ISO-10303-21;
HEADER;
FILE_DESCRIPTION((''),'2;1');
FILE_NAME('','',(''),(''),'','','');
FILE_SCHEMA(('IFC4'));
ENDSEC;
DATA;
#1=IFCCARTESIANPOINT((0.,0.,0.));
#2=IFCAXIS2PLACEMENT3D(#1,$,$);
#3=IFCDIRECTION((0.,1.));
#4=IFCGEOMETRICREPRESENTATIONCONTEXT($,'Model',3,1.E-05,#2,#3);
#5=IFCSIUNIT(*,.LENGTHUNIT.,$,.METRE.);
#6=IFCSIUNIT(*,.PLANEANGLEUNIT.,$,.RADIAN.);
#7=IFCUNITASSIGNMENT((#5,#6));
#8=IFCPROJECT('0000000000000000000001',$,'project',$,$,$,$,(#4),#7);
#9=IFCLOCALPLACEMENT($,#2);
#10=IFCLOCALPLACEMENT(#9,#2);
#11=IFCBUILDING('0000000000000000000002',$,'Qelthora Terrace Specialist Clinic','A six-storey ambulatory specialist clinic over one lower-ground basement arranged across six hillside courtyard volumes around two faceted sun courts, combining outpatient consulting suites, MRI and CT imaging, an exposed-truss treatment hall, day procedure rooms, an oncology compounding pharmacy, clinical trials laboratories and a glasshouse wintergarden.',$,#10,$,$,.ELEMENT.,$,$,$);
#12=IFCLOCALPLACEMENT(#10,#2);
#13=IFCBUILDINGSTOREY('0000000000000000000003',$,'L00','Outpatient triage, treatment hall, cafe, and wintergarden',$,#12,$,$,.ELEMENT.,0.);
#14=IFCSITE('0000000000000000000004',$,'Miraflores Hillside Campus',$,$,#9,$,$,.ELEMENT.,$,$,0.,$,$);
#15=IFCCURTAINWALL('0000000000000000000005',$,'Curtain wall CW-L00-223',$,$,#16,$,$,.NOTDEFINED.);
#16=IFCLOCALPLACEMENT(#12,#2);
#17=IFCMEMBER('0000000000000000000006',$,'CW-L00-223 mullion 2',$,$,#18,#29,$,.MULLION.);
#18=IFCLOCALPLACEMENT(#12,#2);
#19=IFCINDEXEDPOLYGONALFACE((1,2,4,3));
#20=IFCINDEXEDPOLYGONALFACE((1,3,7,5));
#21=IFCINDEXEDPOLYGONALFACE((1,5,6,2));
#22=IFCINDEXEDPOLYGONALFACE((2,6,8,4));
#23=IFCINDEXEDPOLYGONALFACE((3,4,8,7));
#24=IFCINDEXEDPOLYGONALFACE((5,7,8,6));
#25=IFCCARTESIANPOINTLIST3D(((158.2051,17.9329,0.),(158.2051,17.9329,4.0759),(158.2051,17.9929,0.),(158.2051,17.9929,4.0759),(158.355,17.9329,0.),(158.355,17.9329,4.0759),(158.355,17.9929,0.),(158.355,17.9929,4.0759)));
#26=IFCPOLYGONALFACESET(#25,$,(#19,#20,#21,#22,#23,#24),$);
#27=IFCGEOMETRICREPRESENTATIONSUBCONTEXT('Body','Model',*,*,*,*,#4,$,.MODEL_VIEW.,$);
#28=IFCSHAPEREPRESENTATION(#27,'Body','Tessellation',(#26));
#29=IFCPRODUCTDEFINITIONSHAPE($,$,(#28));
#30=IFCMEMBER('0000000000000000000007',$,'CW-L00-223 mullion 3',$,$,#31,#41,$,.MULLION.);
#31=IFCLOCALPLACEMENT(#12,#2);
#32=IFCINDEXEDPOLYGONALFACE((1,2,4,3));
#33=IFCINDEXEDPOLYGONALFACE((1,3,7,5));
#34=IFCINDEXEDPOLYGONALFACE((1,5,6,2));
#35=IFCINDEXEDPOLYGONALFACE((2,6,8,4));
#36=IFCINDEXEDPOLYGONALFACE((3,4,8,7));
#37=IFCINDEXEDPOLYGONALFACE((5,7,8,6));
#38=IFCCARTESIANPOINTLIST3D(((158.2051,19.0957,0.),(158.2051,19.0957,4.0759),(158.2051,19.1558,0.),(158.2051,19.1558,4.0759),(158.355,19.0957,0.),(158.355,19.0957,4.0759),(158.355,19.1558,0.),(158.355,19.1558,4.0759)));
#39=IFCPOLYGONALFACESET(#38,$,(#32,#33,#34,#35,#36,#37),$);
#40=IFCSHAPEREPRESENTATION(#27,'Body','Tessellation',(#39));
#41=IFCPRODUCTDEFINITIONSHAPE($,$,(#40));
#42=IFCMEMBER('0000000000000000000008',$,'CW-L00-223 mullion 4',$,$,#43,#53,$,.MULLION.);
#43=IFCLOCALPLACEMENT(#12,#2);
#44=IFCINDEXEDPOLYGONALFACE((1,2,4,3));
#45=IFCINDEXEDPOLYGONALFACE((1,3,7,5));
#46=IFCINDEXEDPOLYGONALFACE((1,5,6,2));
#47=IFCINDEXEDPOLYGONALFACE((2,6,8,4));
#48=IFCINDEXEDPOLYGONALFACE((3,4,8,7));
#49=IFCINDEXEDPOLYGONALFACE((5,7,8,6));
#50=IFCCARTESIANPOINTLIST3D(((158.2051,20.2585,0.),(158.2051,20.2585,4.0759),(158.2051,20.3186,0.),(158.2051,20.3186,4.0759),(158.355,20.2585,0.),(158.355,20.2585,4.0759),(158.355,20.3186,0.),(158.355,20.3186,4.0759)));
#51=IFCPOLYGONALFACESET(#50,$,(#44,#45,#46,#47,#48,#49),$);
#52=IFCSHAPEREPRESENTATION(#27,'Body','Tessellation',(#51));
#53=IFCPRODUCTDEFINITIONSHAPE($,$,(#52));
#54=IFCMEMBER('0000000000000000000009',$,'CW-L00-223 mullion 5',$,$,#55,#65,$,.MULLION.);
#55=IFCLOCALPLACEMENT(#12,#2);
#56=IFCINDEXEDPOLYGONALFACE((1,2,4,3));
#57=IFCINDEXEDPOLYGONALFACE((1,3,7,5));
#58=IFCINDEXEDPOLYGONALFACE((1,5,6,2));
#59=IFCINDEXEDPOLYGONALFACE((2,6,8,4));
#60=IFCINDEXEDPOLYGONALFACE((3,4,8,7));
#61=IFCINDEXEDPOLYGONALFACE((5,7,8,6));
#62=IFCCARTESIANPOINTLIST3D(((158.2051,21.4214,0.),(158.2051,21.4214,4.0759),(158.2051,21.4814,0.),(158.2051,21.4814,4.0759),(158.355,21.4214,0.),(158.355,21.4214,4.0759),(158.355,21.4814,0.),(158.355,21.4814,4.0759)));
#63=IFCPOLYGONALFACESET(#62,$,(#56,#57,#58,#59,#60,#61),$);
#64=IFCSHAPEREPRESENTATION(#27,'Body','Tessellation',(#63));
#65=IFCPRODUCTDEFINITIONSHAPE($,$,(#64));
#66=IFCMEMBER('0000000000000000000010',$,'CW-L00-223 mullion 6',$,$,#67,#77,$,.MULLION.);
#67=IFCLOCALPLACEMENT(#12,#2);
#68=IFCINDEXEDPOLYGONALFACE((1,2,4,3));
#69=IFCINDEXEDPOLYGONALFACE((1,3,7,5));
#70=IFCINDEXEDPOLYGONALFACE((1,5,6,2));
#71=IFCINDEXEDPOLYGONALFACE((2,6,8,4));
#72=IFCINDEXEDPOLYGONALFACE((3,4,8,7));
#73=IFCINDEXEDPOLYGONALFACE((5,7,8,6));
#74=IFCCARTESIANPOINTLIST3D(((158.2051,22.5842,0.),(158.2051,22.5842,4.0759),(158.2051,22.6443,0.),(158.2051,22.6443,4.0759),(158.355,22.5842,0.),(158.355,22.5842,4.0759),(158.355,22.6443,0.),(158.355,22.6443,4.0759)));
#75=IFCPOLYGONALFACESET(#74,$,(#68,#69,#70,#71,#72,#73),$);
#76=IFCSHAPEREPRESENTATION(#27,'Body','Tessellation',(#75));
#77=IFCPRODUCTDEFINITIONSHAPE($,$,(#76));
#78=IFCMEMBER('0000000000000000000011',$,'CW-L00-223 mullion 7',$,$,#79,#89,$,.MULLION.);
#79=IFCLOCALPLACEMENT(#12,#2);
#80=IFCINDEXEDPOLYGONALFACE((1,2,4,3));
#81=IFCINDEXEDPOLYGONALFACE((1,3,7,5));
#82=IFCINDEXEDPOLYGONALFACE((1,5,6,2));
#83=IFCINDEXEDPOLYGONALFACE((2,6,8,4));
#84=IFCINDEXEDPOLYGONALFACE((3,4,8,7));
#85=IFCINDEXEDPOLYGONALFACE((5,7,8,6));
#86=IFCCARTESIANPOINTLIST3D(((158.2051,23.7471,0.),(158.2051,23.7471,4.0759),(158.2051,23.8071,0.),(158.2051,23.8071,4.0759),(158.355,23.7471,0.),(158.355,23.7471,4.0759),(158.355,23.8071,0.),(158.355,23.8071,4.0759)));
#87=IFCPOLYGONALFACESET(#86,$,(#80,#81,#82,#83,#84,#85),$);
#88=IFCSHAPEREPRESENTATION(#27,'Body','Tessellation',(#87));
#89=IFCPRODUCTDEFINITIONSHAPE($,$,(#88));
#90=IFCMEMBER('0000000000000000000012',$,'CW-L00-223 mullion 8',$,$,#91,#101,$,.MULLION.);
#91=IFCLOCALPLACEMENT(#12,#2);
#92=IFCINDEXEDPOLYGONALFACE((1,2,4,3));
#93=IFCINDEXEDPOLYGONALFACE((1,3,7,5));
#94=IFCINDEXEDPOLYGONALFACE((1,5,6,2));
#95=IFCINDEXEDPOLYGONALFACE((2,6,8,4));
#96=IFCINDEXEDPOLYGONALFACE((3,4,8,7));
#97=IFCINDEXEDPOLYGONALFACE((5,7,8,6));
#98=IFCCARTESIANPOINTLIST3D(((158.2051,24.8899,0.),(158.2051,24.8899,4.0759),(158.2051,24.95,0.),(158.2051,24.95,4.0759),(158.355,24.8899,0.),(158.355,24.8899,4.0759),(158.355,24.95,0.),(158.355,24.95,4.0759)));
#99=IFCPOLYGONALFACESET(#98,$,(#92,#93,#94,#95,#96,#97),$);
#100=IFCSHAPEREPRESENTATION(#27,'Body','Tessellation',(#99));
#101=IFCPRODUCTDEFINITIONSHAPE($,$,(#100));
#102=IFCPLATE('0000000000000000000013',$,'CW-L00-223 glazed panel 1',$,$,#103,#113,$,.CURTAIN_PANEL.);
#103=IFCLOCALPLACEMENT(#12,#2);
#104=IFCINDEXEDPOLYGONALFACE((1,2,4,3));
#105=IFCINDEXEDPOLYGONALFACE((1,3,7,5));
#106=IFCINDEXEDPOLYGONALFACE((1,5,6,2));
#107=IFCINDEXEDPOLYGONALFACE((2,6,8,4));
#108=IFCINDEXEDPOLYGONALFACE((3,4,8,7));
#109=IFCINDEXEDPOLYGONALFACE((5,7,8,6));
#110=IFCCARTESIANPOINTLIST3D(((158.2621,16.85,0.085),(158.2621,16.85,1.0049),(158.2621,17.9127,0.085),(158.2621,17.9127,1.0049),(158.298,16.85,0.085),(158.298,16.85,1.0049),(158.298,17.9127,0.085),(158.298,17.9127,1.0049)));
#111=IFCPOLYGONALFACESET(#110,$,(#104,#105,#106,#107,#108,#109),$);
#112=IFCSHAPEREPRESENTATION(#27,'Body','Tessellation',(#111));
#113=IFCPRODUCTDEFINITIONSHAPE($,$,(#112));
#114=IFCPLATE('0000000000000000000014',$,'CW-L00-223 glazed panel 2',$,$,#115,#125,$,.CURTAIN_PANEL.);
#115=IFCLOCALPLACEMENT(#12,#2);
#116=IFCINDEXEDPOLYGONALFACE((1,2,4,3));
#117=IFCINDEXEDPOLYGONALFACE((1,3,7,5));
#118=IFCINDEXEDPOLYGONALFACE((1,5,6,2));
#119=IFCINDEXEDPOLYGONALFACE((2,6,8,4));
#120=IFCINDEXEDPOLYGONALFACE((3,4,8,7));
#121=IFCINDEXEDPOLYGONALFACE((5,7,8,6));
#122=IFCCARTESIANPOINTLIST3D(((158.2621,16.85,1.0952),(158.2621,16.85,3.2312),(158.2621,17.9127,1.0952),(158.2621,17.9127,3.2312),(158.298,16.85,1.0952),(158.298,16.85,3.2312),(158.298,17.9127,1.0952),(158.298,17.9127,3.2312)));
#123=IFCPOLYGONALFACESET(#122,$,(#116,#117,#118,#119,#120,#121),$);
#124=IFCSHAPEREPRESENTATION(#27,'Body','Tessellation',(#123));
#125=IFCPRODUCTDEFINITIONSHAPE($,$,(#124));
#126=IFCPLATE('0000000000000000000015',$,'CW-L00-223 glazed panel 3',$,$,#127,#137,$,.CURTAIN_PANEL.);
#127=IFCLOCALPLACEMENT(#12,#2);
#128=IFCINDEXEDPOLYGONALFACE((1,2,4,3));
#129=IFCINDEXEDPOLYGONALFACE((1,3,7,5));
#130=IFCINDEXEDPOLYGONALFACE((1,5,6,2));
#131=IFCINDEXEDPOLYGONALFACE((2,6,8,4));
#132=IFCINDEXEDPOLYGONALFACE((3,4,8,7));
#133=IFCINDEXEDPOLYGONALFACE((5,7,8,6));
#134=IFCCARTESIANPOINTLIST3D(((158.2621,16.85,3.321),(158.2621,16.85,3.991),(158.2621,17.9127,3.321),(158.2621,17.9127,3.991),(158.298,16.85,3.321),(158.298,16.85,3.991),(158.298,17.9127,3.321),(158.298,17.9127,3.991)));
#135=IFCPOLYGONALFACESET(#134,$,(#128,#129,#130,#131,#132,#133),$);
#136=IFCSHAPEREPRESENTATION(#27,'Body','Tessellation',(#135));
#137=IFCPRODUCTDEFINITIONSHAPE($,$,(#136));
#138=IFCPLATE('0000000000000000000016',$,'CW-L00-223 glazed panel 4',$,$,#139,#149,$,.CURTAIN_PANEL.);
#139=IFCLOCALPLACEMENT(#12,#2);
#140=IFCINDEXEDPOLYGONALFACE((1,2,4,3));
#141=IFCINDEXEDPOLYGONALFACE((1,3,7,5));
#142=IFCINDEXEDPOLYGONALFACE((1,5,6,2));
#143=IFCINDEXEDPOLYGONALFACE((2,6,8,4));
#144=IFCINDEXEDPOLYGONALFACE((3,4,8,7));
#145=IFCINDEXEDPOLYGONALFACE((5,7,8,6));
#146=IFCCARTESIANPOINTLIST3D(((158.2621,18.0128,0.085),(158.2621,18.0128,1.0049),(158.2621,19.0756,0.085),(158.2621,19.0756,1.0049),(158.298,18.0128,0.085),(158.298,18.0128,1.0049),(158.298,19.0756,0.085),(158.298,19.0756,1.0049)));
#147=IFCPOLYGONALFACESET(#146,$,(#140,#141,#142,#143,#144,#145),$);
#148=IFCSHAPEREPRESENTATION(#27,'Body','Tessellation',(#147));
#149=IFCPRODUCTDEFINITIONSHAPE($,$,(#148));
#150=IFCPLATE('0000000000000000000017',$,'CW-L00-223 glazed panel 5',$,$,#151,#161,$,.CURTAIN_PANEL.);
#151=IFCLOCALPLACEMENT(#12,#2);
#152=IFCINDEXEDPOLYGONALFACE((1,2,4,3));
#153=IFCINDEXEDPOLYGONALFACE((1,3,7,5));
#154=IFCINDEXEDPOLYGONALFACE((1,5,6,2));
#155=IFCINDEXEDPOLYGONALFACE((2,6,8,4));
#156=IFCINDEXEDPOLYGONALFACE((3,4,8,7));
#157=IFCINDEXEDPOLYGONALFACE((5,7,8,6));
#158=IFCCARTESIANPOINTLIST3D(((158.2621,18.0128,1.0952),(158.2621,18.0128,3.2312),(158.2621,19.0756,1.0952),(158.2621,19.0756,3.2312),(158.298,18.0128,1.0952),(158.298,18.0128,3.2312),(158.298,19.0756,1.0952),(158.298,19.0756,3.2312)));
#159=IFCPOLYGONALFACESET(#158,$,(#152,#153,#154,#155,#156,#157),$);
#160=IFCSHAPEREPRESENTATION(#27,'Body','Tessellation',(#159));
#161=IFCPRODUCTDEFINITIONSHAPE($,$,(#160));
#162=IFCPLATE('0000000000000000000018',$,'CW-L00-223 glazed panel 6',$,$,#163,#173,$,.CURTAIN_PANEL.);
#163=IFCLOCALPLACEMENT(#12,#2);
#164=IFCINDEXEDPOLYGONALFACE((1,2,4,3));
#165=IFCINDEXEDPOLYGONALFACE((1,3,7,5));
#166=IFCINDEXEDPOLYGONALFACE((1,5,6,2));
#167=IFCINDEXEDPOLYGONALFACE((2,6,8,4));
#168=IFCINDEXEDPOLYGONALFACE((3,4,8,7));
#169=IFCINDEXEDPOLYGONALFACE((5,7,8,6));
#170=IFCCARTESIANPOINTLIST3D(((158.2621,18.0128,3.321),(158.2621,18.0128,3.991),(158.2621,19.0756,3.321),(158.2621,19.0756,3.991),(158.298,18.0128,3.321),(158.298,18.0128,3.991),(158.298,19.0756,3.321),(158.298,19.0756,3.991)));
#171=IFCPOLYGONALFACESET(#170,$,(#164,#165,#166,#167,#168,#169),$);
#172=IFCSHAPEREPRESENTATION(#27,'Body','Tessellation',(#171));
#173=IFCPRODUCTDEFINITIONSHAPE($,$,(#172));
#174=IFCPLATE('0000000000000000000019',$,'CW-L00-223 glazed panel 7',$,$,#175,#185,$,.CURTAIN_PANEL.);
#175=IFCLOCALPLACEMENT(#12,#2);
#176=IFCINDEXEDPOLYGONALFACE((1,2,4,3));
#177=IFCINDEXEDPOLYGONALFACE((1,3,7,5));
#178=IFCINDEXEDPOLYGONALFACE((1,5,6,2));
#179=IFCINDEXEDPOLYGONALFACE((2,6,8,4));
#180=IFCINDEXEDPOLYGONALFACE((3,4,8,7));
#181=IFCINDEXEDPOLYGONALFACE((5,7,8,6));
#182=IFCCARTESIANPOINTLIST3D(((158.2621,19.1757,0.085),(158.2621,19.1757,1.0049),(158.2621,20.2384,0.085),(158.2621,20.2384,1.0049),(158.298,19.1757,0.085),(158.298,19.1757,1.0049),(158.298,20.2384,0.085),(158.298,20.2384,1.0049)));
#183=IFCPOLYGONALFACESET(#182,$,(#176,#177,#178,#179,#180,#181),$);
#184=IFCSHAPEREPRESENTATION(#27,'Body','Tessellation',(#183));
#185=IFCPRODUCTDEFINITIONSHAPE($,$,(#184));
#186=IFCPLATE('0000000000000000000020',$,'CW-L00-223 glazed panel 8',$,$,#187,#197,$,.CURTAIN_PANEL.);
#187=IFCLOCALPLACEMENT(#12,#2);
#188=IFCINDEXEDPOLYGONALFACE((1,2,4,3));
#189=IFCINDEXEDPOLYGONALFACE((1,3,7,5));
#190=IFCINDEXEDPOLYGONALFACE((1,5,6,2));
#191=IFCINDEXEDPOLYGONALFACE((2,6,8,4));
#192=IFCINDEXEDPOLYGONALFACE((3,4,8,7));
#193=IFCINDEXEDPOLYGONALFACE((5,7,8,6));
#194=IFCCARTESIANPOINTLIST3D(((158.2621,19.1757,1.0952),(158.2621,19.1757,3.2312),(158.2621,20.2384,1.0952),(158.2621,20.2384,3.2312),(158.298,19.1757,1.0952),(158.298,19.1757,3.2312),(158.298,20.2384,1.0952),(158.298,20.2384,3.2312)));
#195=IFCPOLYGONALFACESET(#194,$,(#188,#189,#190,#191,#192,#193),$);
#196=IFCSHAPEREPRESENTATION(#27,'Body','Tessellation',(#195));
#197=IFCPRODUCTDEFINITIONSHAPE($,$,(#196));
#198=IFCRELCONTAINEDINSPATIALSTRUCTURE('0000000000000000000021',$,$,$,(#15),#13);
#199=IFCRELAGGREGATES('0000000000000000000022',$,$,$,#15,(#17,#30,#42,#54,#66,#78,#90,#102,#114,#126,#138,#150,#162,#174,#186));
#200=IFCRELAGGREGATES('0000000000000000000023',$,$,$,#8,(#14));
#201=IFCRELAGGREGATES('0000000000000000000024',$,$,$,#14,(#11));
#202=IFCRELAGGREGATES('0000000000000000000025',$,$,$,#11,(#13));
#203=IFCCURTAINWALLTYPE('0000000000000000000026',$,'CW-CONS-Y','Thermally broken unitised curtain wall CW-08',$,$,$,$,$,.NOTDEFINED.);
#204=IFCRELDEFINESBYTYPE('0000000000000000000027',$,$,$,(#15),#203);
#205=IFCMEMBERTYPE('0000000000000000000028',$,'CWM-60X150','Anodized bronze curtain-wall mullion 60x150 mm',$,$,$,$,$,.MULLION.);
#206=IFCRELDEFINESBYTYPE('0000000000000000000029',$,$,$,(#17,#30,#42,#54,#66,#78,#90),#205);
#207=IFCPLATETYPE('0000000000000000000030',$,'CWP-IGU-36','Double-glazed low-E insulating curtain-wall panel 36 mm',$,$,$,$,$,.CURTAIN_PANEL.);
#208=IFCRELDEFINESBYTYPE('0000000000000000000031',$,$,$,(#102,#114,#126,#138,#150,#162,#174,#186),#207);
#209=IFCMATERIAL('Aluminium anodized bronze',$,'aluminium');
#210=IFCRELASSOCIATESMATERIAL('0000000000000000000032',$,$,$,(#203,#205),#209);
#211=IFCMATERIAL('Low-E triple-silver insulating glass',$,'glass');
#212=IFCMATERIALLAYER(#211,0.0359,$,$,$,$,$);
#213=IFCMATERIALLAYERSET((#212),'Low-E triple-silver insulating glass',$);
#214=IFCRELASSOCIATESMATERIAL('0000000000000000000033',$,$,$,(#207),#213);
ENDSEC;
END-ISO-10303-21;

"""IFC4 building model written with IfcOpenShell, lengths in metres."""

from ifc_helpers import new_model, si_unit, direction, frame, origin, origin_2d, place, context, subcontext, project, spatial, rectangle, extrude, material, layer, layer_set, material_profile, profile_set, type_object, element, aggregate, save


model = new_model("IFC4")

# Units and contexts
model_context = context("Model", 3, precision=1e-05, world=origin(), true_north=direction((0.0, 1.0)))
body_context = subcontext(model_context, "Body", "Model", "MODEL_VIEW")
ifc_project = project(units=[si_unit("LENGTHUNIT", "METRE"), si_unit("PLANEANGLEUNIT", "RADIAN")], contexts=[model_context])

# Site, building, storey
site_placement = place(None, origin())
site = spatial("IfcSite", under=ifc_project, at=site_placement, Name="Miraflores Hillside Campus", CompositionType="ELEMENT", RefElevation=0.0)
building_placement = place(site_placement, origin())
building = spatial("IfcBuilding", under=site, at=building_placement, Name="Qelthora Terrace Specialist Clinic", Description="A six-storey ambulatory specialist clinic over one lower-ground basement arranged across six hillside courtyard volumes around two faceted sun courts, combining outpatient consulting suites, MRI and CT imaging, an exposed-truss treatment hall, day procedure rooms, an oncology compounding pharmacy, clinical trials laboratories and a glasshouse wintergarden.", CompositionType="ELEMENT")
storey_placement = place(building_placement, origin())
storey = spatial("IfcBuildingStorey", under=building, at=storey_placement, Name="L00", Description="Outpatient triage, treatment hall, cafe, and wintergarden", CompositionType="ELEMENT", Elevation=0.0)

# Curtain wall, members, plates
ifc_material_1 = material(Name="Aluminium anodized bronze", Category="aluminium")
curtain_wall_type = type_object("IfcCurtainWallType", Name="CW-CONS-Y", Description="Thermally broken unitised curtain wall CW-08", PredefinedType="NOTDEFINED", material=ifc_material_1)
curtain_wall_placement = place(storey_placement, origin())
curtain_wall = element("IfcCurtainWall", 1, at=curtain_wall_placement, inside=storey, type_object=curtain_wall_type, Name="Curtain wall CW-L00-223", PredefinedType="NOTDEFINED")
ifc_material_profile = material_profile(ifc_material_1, rectangle(XDim=0.0601, YDim=0.1499, at=origin_2d()), Name="CWM60X150")
ifc_profile_set = profile_set([ifc_material_profile], Name="Aluminium anodized bronze")
member_type = type_object("IfcMemberType", Name="CWM-60X150", Description="Anodized bronze curtain-wall mullion 60x150 mm", PredefinedType="MULLION", material=ifc_profile_set)
member_1_placement = place(storey_placement, frame((158.28, 17.9629, 0.0), z_axis=(0.0, 0.0, 1.0), x_axis=(0.0, 1.0, 0.0)))
member_1 = element("IfcMember", 2, at=member_1_placement, type_object=member_type, Name="CW-L00-223 mullion 2", PredefinedType="MULLION", context=body_context, shape_type="SweptSolid", body=[
    extrude(rectangle(XDim=0.0601, YDim=0.1499, at=origin_2d()), origin(), (0.0, 0.0, 1.0), 4.0759),
])
member_2_placement = place(storey_placement, frame((158.28, 19.1257, 0.0), z_axis=(0.0, 0.0, 1.0), x_axis=(0.0, 1.0, 0.0)))
member_2 = element("IfcMember", 3, at=member_2_placement, type_object=member_type, Name="CW-L00-223 mullion 3", PredefinedType="MULLION", context=body_context, shape_type="SweptSolid", body=[
    extrude(rectangle(XDim=0.0601, YDim=0.1499, at=origin_2d()), origin(), (0.0, 0.0, 1.0), 4.0759),
])
member_3_placement = place(storey_placement, frame((158.28, 20.2886, 0.0), z_axis=(0.0, 0.0, 1.0), x_axis=(0.0, 1.0, 0.0)))
member_3 = element("IfcMember", 4, at=member_3_placement, type_object=member_type, Name="CW-L00-223 mullion 4", PredefinedType="MULLION", context=body_context, shape_type="SweptSolid", body=[
    extrude(rectangle(XDim=0.0601, YDim=0.1499, at=origin_2d()), origin(), (0.0, 0.0, 1.0), 4.0759),
])
member_4_placement = place(storey_placement, frame((158.28, 21.4514, 0.0), z_axis=(0.0, 0.0, 1.0), x_axis=(0.0, 1.0, 0.0)))
member_4 = element("IfcMember", 5, at=member_4_placement, type_object=member_type, Name="CW-L00-223 mullion 5", PredefinedType="MULLION", context=body_context, shape_type="SweptSolid", body=[
    extrude(rectangle(XDim=0.0601, YDim=0.1499, at=origin_2d()), origin(), (0.0, 0.0, 1.0), 4.0759),
])
member_5_placement = place(storey_placement, frame((158.28, 22.6143, 0.0), z_axis=(0.0, 0.0, 1.0), x_axis=(0.0, 1.0, 0.0)))
member_5 = element("IfcMember", 6, at=member_5_placement, type_object=member_type, Name="CW-L00-223 mullion 6", PredefinedType="MULLION", context=body_context, shape_type="SweptSolid", body=[
    extrude(rectangle(XDim=0.0601, YDim=0.1499, at=origin_2d()), origin(), (0.0, 0.0, 1.0), 4.0759),
])
member_6_placement = place(storey_placement, frame((158.28, 23.7771, 0.0), z_axis=(0.0, 0.0, 1.0), x_axis=(0.0, 1.0, 0.0)))
member_6 = element("IfcMember", 7, at=member_6_placement, type_object=member_type, Name="CW-L00-223 mullion 7", PredefinedType="MULLION", context=body_context, shape_type="SweptSolid", body=[
    extrude(rectangle(XDim=0.0601, YDim=0.1499, at=origin_2d()), origin(), (0.0, 0.0, 1.0), 4.0759),
])
member_7_placement = place(storey_placement, frame((158.28, 24.9199, 0.0), z_axis=(0.0, 0.0, 1.0), x_axis=(0.0, 1.0, 0.0)))
member_7 = element("IfcMember", 8, at=member_7_placement, type_object=member_type, Name="CW-L00-223 mullion 8", PredefinedType="MULLION", context=body_context, shape_type="SweptSolid", body=[
    extrude(rectangle(XDim=0.0601, YDim=0.1499, at=origin_2d()), origin(), (0.0, 0.0, 1.0), 4.0759),
])
ifc_material_2 = material(Name="Low-E triple-silver insulating glass", Category="glass")
ifc_layer_1 = layer(ifc_material_2, 0.0359)
ifc_layer_set_1 = layer_set([ifc_layer_1], Name="Low-E triple-silver insulating glass")
plate_type = type_object("IfcPlateType", Name="CWP-IGU-36", Description="Double-glazed low-E insulating curtain-wall panel 36 mm", PredefinedType="CURTAIN_PANEL", material=ifc_layer_set_1)
plate_1_placement = place(storey_placement, frame((158.28, 17.3813, 0.085), z_axis=(0.0, 0.0, 1.0), x_axis=(0.0, 1.0, 0.0)))
plate_1 = element("IfcPlate", 9, at=plate_1_placement, type_object=plate_type, Name="CW-L00-223 glazed panel 1", PredefinedType="CURTAIN_PANEL", context=body_context, shape_type="SweptSolid", body=[
    extrude(rectangle(XDim=1.0627, YDim=0.0359, at=origin_2d()), origin(), (0.0, 0.0, 1.0), 0.9199),
])
plate_2_placement = place(storey_placement, frame((158.28, 17.3813, 1.0952), z_axis=(0.0, 0.0, 1.0), x_axis=(0.0, 1.0, 0.0)))
plate_2 = element("IfcPlate", 10, at=plate_2_placement, type_object=plate_type, Name="CW-L00-223 glazed panel 2", PredefinedType="CURTAIN_PANEL", context=body_context, shape_type="SweptSolid", body=[
    extrude(rectangle(XDim=1.0627, YDim=0.0359, at=origin_2d()), origin(), (0.0, 0.0, 1.0), 2.136),
])
plate_3_placement = place(storey_placement, frame((158.28, 17.3813, 3.321), z_axis=(0.0, 0.0, 1.0), x_axis=(0.0, 1.0, 0.0)))
plate_3 = element("IfcPlate", 11, at=plate_3_placement, type_object=plate_type, Name="CW-L00-223 glazed panel 3", PredefinedType="CURTAIN_PANEL", context=body_context, shape_type="SweptSolid", body=[
    extrude(rectangle(XDim=1.0627, YDim=0.0359, at=origin_2d()), origin(), (0.0, 0.0, 1.0), 0.6699),
])
plate_4_placement = place(storey_placement, frame((158.28, 18.5442, 0.085), z_axis=(0.0, 0.0, 1.0), x_axis=(0.0, 1.0, 0.0)))
plate_4 = element("IfcPlate", 12, at=plate_4_placement, type_object=plate_type, Name="CW-L00-223 glazed panel 4", PredefinedType="CURTAIN_PANEL", context=body_context, shape_type="SweptSolid", body=[
    extrude(rectangle(XDim=1.0627, YDim=0.0359, at=origin_2d()), origin(), (0.0, 0.0, 1.0), 0.9199),
])
plate_5_placement = place(storey_placement, frame((158.28, 18.5442, 1.0952), z_axis=(0.0, 0.0, 1.0), x_axis=(0.0, 1.0, 0.0)))
plate_5 = element("IfcPlate", 13, at=plate_5_placement, type_object=plate_type, Name="CW-L00-223 glazed panel 5", PredefinedType="CURTAIN_PANEL", context=body_context, shape_type="SweptSolid", body=[
    extrude(rectangle(XDim=1.0627, YDim=0.0359, at=origin_2d()), origin(), (0.0, 0.0, 1.0), 2.136),
])
plate_6_placement = place(storey_placement, frame((158.28, 18.5442, 3.321), z_axis=(0.0, 0.0, 1.0), x_axis=(0.0, 1.0, 0.0)))
plate_6 = element("IfcPlate", 14, at=plate_6_placement, type_object=plate_type, Name="CW-L00-223 glazed panel 6", PredefinedType="CURTAIN_PANEL", context=body_context, shape_type="SweptSolid", body=[
    extrude(rectangle(XDim=1.0627, YDim=0.0359, at=origin_2d()), origin(), (0.0, 0.0, 1.0), 0.6699),
])
plate_7_placement = place(storey_placement, frame((158.28, 19.707, 0.085), z_axis=(0.0, 0.0, 1.0), x_axis=(0.0, 1.0, 0.0)))
plate_7 = element("IfcPlate", 15, at=plate_7_placement, type_object=plate_type, Name="CW-L00-223 glazed panel 7", PredefinedType="CURTAIN_PANEL", context=body_context, shape_type="SweptSolid", body=[
    extrude(rectangle(XDim=1.0627, YDim=0.0359, at=origin_2d()), origin(), (0.0, 0.0, 1.0), 0.9199),
])
plate_8_placement = place(storey_placement, frame((158.28, 19.707, 1.0952), z_axis=(0.0, 0.0, 1.0), x_axis=(0.0, 1.0, 0.0)))
plate_8 = element("IfcPlate", 16, at=plate_8_placement, type_object=plate_type, Name="CW-L00-223 glazed panel 8", PredefinedType="CURTAIN_PANEL", context=body_context, shape_type="SweptSolid", body=[
    extrude(rectangle(XDim=1.0627, YDim=0.0359, at=origin_2d()), origin(), (0.0, 0.0, 1.0), 2.136),
])
aggregate(curtain_wall, [member_1, member_2, member_3, member_4, member_5, member_6, member_7, plate_1, plate_2, plate_3, plate_4, plate_5, plate_6, plate_7, plate_8])

save(model, "model.ifc")
